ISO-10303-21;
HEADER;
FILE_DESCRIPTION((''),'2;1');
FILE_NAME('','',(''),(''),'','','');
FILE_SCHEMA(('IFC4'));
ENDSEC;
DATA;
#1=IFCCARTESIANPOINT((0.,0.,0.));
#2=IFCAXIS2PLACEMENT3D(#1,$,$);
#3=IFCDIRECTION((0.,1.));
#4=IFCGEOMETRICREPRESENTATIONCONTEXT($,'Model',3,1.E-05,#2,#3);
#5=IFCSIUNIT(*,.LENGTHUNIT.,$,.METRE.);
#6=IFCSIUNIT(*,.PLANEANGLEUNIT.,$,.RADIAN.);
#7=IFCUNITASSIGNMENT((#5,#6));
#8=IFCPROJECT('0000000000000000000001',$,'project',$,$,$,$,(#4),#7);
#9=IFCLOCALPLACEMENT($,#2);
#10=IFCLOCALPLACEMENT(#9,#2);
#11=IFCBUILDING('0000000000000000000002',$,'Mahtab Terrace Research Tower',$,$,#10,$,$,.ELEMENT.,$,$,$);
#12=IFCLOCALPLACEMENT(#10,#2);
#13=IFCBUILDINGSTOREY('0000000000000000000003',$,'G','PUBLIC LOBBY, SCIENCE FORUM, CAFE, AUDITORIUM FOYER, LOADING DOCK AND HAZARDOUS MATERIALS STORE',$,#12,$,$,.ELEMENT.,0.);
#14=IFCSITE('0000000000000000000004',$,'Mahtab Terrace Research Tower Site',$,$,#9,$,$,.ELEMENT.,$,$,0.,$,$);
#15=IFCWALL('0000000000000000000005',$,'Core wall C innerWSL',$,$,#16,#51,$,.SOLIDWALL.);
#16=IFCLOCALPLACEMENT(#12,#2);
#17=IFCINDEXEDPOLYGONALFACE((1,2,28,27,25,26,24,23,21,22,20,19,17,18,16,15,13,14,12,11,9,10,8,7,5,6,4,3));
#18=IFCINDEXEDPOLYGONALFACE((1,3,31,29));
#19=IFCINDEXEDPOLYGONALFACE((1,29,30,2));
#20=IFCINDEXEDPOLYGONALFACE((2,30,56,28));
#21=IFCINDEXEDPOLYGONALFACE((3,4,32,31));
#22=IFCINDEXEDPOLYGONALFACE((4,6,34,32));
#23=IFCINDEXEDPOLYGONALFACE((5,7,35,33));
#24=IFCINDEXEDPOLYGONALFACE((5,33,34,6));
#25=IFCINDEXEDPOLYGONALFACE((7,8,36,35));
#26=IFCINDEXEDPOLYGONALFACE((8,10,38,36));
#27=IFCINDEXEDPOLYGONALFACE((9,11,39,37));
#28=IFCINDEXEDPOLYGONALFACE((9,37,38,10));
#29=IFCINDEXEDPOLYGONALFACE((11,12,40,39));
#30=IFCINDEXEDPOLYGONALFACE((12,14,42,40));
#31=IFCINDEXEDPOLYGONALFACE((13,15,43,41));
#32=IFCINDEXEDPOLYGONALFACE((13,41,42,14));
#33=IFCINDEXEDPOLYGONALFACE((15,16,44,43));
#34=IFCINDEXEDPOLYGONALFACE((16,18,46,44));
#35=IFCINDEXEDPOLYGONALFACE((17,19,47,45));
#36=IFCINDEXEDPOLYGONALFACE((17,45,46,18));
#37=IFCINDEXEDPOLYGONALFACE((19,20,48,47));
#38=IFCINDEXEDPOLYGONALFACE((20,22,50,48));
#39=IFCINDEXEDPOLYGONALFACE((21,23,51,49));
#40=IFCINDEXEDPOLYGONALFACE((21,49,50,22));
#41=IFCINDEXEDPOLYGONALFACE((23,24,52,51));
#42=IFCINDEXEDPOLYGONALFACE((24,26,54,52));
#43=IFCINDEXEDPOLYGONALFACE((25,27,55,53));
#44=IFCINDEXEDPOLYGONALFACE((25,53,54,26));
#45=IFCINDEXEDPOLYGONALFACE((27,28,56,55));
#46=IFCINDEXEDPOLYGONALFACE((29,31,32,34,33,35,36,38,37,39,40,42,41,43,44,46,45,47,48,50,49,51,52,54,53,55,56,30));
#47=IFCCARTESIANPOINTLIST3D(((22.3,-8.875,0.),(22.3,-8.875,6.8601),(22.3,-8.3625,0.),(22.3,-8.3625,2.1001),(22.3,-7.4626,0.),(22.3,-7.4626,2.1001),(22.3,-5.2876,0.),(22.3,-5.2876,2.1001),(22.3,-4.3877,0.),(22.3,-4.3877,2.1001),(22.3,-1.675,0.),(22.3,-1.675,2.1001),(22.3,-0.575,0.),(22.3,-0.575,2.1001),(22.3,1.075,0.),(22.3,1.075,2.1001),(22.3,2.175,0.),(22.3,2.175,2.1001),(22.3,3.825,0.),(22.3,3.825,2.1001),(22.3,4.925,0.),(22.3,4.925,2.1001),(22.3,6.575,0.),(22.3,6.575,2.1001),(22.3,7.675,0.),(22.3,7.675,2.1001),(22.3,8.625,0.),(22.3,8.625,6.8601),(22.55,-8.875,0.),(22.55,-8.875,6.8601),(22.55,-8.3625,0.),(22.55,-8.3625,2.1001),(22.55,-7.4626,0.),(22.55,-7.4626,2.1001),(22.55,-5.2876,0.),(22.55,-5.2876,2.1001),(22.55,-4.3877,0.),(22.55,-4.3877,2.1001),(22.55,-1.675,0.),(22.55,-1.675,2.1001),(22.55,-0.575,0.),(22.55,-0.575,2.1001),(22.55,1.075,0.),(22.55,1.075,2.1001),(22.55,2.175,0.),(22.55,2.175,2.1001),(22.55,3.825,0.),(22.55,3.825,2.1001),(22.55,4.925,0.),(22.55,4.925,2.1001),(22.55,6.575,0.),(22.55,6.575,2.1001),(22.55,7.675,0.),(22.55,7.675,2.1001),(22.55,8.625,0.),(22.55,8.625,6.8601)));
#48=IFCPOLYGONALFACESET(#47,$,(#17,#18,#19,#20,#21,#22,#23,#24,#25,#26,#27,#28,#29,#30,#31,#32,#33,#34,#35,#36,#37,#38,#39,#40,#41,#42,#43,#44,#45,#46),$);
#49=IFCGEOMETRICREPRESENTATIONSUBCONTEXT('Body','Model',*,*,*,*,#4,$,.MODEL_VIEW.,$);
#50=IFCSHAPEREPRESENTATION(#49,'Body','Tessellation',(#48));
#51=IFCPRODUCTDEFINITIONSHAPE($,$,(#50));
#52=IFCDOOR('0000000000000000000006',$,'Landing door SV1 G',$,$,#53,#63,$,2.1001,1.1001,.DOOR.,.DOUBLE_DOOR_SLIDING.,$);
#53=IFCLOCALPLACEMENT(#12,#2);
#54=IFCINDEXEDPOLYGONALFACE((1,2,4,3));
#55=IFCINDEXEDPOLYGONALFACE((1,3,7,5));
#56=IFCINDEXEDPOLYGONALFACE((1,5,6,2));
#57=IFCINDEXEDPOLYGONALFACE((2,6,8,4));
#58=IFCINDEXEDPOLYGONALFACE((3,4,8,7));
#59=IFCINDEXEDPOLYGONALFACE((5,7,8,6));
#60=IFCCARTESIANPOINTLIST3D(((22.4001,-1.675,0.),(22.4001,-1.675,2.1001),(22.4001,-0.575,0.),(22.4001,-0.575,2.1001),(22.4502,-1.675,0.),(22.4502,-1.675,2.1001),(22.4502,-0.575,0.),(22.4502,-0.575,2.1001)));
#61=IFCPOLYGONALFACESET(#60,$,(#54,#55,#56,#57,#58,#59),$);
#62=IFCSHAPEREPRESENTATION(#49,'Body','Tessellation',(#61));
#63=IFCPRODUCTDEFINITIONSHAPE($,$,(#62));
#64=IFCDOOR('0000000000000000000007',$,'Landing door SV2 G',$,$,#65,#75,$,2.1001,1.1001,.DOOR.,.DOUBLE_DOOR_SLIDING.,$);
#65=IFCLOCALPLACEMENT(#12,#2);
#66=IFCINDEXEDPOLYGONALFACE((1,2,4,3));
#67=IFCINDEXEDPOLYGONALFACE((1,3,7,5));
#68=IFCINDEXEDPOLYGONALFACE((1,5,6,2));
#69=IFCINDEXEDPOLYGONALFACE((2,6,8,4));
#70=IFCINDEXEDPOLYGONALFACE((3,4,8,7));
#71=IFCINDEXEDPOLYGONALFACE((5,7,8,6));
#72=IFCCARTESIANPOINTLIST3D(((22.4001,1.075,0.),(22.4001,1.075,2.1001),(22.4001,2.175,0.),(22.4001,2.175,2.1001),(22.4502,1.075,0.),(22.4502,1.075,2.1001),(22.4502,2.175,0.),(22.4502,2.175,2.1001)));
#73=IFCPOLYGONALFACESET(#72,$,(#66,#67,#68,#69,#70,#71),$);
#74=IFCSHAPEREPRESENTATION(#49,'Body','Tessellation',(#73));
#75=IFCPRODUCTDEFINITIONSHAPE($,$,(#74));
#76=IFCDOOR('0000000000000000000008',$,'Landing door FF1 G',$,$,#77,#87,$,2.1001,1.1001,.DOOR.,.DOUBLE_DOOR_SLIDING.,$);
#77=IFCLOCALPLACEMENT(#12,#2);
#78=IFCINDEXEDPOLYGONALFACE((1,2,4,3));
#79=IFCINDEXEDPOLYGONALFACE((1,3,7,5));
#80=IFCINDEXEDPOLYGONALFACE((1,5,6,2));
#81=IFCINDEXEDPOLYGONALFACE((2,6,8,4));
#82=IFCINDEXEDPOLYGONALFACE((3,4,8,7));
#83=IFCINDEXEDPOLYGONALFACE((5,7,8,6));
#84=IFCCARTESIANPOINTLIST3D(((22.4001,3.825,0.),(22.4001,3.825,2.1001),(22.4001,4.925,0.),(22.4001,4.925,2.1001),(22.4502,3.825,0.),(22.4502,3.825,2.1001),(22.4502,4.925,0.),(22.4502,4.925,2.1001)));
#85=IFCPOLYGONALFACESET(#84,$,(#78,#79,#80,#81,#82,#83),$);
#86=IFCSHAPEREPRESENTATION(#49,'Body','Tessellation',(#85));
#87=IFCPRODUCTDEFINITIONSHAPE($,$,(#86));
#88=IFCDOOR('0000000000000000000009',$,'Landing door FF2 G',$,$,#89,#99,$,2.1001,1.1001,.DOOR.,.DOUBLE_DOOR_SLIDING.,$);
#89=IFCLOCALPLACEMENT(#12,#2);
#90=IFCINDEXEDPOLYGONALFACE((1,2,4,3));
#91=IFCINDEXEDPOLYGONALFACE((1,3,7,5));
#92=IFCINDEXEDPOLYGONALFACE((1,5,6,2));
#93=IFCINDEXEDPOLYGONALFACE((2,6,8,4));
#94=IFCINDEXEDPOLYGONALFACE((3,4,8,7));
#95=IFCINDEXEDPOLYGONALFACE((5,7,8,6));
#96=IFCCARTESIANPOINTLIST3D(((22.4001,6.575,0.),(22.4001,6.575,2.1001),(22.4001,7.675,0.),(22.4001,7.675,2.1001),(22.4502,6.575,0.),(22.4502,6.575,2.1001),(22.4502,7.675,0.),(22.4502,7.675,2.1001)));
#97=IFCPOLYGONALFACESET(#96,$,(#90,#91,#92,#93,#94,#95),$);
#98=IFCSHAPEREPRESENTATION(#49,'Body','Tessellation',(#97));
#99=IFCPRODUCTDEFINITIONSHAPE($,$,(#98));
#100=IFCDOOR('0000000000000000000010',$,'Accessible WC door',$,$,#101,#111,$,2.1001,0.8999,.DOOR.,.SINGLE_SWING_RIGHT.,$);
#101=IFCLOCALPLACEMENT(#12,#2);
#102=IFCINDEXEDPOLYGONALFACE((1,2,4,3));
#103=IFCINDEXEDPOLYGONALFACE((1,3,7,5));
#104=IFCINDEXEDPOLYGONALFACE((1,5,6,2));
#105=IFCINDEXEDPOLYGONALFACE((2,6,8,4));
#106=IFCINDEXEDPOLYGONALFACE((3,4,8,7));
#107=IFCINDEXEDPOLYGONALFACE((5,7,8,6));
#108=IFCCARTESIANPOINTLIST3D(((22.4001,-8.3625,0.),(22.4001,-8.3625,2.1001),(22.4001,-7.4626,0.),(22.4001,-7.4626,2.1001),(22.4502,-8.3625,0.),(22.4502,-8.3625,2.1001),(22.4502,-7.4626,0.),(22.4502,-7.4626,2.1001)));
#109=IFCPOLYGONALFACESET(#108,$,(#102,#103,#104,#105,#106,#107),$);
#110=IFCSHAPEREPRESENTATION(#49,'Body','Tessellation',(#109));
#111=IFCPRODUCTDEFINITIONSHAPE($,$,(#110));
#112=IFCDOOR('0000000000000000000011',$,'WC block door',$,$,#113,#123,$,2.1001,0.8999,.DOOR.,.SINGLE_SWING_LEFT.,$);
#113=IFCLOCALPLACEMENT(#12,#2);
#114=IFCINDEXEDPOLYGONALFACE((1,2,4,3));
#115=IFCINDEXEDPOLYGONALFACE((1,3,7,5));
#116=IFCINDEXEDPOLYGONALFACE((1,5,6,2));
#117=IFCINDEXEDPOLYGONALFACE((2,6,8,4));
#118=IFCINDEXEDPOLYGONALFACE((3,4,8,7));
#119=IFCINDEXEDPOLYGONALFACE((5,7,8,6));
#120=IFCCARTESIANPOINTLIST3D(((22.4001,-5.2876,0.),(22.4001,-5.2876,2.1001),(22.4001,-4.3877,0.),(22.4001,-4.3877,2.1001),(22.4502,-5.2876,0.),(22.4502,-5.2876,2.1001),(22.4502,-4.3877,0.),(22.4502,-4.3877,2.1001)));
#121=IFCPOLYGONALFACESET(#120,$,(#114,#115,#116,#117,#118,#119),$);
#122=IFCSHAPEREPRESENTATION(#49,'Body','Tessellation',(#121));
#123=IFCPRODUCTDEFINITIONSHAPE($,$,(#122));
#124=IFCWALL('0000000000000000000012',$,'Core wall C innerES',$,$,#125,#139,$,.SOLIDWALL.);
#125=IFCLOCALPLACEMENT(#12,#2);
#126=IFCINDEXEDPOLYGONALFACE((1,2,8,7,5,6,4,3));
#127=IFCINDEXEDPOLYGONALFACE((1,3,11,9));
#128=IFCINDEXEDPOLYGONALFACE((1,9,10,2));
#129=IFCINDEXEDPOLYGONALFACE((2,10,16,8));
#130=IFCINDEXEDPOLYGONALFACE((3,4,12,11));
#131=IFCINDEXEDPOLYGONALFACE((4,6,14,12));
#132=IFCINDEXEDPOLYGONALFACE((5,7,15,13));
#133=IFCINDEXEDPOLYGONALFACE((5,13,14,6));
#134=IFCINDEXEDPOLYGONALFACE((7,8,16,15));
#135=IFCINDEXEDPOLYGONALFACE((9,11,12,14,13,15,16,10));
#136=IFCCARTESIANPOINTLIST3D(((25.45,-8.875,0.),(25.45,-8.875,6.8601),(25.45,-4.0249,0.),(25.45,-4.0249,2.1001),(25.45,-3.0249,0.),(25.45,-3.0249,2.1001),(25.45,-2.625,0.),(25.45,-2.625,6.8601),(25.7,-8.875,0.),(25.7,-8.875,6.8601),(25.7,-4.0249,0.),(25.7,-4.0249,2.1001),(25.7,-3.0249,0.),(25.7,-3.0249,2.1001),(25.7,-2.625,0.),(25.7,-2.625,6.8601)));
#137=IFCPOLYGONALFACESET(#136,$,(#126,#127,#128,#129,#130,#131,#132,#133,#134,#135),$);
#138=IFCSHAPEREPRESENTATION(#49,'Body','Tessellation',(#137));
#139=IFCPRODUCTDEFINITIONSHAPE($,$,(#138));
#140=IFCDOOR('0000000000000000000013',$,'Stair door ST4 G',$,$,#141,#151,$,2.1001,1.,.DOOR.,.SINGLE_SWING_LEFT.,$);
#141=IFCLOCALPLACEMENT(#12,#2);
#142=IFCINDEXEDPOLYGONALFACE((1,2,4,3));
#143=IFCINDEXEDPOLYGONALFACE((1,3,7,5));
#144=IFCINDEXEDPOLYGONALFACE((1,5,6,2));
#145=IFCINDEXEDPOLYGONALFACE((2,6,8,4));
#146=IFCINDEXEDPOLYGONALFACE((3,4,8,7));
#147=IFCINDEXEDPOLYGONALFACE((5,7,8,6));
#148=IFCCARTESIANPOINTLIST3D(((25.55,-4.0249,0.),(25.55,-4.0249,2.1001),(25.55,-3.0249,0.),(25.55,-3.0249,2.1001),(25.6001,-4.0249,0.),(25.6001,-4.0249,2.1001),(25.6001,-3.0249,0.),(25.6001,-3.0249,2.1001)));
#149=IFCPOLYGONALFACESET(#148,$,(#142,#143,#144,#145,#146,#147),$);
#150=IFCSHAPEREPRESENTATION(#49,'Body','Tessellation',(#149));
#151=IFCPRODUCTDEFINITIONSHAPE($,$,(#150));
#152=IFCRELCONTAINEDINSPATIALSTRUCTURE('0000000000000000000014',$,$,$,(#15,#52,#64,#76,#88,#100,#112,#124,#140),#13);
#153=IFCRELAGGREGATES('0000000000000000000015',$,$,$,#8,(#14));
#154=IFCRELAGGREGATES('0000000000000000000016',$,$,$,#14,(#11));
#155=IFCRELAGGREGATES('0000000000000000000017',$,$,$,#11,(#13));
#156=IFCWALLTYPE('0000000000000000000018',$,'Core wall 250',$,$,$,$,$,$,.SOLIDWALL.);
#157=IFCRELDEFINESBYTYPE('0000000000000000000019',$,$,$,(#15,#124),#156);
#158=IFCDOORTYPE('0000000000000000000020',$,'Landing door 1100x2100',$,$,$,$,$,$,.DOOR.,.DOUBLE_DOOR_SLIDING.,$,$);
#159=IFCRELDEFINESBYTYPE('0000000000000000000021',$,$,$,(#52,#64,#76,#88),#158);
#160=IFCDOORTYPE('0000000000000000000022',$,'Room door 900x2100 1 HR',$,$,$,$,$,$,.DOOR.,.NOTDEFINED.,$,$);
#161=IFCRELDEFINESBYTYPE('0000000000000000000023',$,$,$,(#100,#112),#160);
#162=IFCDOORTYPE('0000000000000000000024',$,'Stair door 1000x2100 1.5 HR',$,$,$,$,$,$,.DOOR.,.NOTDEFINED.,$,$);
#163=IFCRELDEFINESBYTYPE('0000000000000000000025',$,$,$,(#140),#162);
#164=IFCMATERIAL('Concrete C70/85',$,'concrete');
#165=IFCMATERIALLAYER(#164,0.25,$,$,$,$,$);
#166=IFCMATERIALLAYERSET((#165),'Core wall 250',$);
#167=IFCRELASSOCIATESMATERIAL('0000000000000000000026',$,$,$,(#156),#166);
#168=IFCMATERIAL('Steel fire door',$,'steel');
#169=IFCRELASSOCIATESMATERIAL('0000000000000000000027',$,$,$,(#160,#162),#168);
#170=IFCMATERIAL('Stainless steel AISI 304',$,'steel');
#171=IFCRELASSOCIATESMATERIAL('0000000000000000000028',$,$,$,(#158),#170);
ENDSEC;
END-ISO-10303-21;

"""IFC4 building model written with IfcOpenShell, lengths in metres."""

from ifc_helpers import new_model, si_unit, direction, frame, frame_2d, origin, place, context, subcontext, project, spatial, rectangle, extrude, material, layer, layer_set, type_object, element, fill, save


model = new_model("IFC4")

# Units and contexts
model_context = context("Model", 3, precision=1e-05, world=origin(), true_north=direction((0.0, 1.0)))
body_context = subcontext(model_context, "Body", "Model", "MODEL_VIEW")
ifc_project = project(units=[si_unit("LENGTHUNIT", "METRE"), si_unit("PLANEANGLEUNIT", "RADIAN")], contexts=[model_context])

# Site, building, storey
site_placement = place(None, origin())
site = spatial("IfcSite", under=ifc_project, at=site_placement, Name="Mahtab Terrace Research Tower Site", CompositionType="ELEMENT", RefElevation=0.0)
building_placement = place(site_placement, origin())
building = spatial("IfcBuilding", under=site, at=building_placement, Name="Mahtab Terrace Research Tower", CompositionType="ELEMENT")
storey_placement = place(building_placement, origin())
storey = spatial("IfcBuildingStorey", under=building, at=storey_placement, Name="G", Description="PUBLIC LOBBY, SCIENCE FORUM, CAFE, AUDITORIUM FOYER, LOADING DOCK AND HAZARDOUS MATERIALS STORE", CompositionType="ELEMENT", Elevation=0.0)

# Shared definitions
ifc_material_1 = material(Name="Concrete C70/85", Category="concrete")

# Shared definitions
ifc_layer_1 = layer(ifc_material_1, 0.25)
ifc_layer_set_1 = layer_set([ifc_layer_1], Name="Core wall 250")
wall_type_1 = type_object("IfcWallType", Name="Core wall 250", PredefinedType="SOLIDWALL", material=ifc_layer_set_1)
ifc_material_2 = material(Name="Steel fire door", Category="steel")
door_type_1 = type_object("IfcDoorType", Name="Room door 900x2100 1 HR", OperationType="NOTDEFINED", PredefinedType="DOOR", material=ifc_material_2)

# Wall, openings, doors
wall_1_placement = place(storey_placement, frame((22.425, -8.875, 0.0), z_axis=(0.0, 0.0, 1.0), x_axis=(0.0, 1.0, 0.0)))
wall_1 = element("IfcWall", 1, at=wall_1_placement, inside=storey, type_object=wall_type_1, Name="Core wall C innerWSL", PredefinedType="SOLIDWALL", context=body_context, shape_type="SweptSolid", body=[
    extrude(rectangle(XDim=17.5, YDim=0.25, at=frame_2d((8.75, 0.0))), origin(), (0.0, 0.0, 1.0), 6.8601),
])
opening_1_placement = place(wall_1_placement, frame((7.2, 0.0, 0.0)))
opening_1 = element("IfcOpeningElement", 2, at=opening_1_placement, cuts=wall_1, PredefinedType="OPENING", context=body_context, shape_type="SweptSolid", body=[
    extrude(rectangle(XDim=1.1001, YDim=2.1001, at=frame_2d((0.55, 1.05))), frame((0.0, 0.135, 0.0), z_axis=(0.0, -1.0, 0.0), x_axis=(1.0, 0.0, 0.0)), (0.0, 0.0, 1.0), 0.27),
])
opening_2_placement = place(wall_1_placement, frame((9.95, 0.0, 0.0)))
opening_2 = element("IfcOpeningElement", 3, at=opening_2_placement, cuts=wall_1, PredefinedType="OPENING", context=body_context, shape_type="SweptSolid", body=[
    extrude(rectangle(XDim=1.1001, YDim=2.1001, at=frame_2d((0.55, 1.05))), frame((0.0, 0.135, 0.0), z_axis=(0.0, -1.0, 0.0), x_axis=(1.0, 0.0, 0.0)), (0.0, 0.0, 1.0), 0.27),
])
opening_3_placement = place(wall_1_placement, frame((12.7, 0.0, 0.0)))
opening_3 = element("IfcOpeningElement", 4, at=opening_3_placement, cuts=wall_1, PredefinedType="OPENING", context=body_context, shape_type="SweptSolid", body=[
    extrude(rectangle(XDim=1.1001, YDim=2.1001, at=frame_2d((0.55, 1.05))), frame((0.0, 0.135, 0.0), z_axis=(0.0, -1.0, 0.0), x_axis=(1.0, 0.0, 0.0)), (0.0, 0.0, 1.0), 0.27),
])
opening_4_placement = place(wall_1_placement, frame((15.45, 0.0, 0.0)))
opening_4 = element("IfcOpeningElement", 5, at=opening_4_placement, cuts=wall_1, PredefinedType="OPENING", context=body_context, shape_type="SweptSolid", body=[
    extrude(rectangle(XDim=1.1001, YDim=2.1001, at=frame_2d((0.55, 1.05))), frame((0.0, 0.135, 0.0), z_axis=(0.0, -1.0, 0.0), x_axis=(1.0, 0.0, 0.0)), (0.0, 0.0, 1.0), 0.27),
])
opening_5_placement = place(wall_1_placement, frame((0.5125, 0.0, 0.0)))
opening_5 = element("IfcOpeningElement", 6, at=opening_5_placement, cuts=wall_1, PredefinedType="OPENING", context=body_context, shape_type="SweptSolid", body=[
    extrude(rectangle(XDim=0.8999, YDim=2.1001, at=frame_2d((0.45, 1.05))), frame((0.0, 0.135, 0.0), z_axis=(0.0, -1.0, 0.0), x_axis=(1.0, 0.0, 0.0)), (0.0, 0.0, 1.0), 0.27),
])
opening_6_placement = place(wall_1_placement, frame((3.5874, 0.0, 0.0)))
opening_6 = element("IfcOpeningElement", 7, at=opening_6_placement, cuts=wall_1, PredefinedType="OPENING", context=body_context, shape_type="SweptSolid", body=[
    extrude(rectangle(XDim=0.8999, YDim=2.1001, at=frame_2d((0.45, 1.05))), frame((0.0, 0.135, 0.0), z_axis=(0.0, -1.0, 0.0), x_axis=(1.0, 0.0, 0.0)), (0.0, 0.0, 1.0), 0.27),
])
ifc_material_3 = material(Name="Stainless steel AISI 304", Category="steel")
door_type_2 = type_object("IfcDoorType", Name="Landing door 1100x2100", OperationType="DOUBLE_DOOR_SLIDING", PredefinedType="DOOR", material=ifc_material_3)
door_1_placement = place(opening_1_placement, origin())
door_1 = element("IfcDoor", 8, at=door_1_placement, inside=storey, type_object=door_type_2, Name="Landing door SV1 G", OperationType="DOUBLE_DOOR_SLIDING", OverallHeight=2.1001, OverallWidth=1.1001, PredefinedType="DOOR", context=body_context, shape_type="SweptSolid", body=[
    extrude(rectangle(XDim=1.1001, YDim=2.1001, at=frame_2d((0.55, 1.05))), frame((0.0, 0.0249, 0.0), z_axis=(0.0, -1.0, 0.0), x_axis=(1.0, 0.0, 0.0)), (0.0, 0.0, 1.0), 0.05),
])
fill(opening_1, door_1)
door_2_placement = place(opening_2_placement, origin())
door_2 = element("IfcDoor", 9, at=door_2_placement, inside=storey, type_object=door_type_2, Name="Landing door SV2 G", OperationType="DOUBLE_DOOR_SLIDING", OverallHeight=2.1001, OverallWidth=1.1001, PredefinedType="DOOR", context=body_context, shape_type="SweptSolid", body=[
    extrude(rectangle(XDim=1.1001, YDim=2.1001, at=frame_2d((0.55, 1.05))), frame((0.0, 0.0249, 0.0), z_axis=(0.0, -1.0, 0.0), x_axis=(1.0, 0.0, 0.0)), (0.0, 0.0, 1.0), 0.05),
])
fill(opening_2, door_2)
door_3_placement = place(opening_3_placement, origin())
door_3 = element("IfcDoor", 10, at=door_3_placement, inside=storey, type_object=door_type_2, Name="Landing door FF1 G", OperationType="DOUBLE_DOOR_SLIDING", OverallHeight=2.1001, OverallWidth=1.1001, PredefinedType="DOOR", context=body_context, shape_type="SweptSolid", body=[
    extrude(rectangle(XDim=1.1001, YDim=2.1001, at=frame_2d((0.55, 1.05))), frame((0.0, 0.0249, 0.0), z_axis=(0.0, -1.0, 0.0), x_axis=(1.0, 0.0, 0.0)), (0.0, 0.0, 1.0), 0.05),
])
fill(opening_3, door_3)
door_4_placement = place(opening_4_placement, origin())
door_4 = element("IfcDoor", 11, at=door_4_placement, inside=storey, type_object=door_type_2, Name="Landing door FF2 G", OperationType="DOUBLE_DOOR_SLIDING", OverallHeight=2.1001, OverallWidth=1.1001, PredefinedType="DOOR", context=body_context, shape_type="SweptSolid", body=[
    extrude(rectangle(XDim=1.1001, YDim=2.1001, at=frame_2d((0.55, 1.05))), frame((0.0, 0.0249, 0.0), z_axis=(0.0, -1.0, 0.0), x_axis=(1.0, 0.0, 0.0)), (0.0, 0.0, 1.0), 0.05),
])
fill(opening_4, door_4)
door_5_placement = place(opening_5_placement, origin())
door_5 = element("IfcDoor", 12, at=door_5_placement, inside=storey, type_object=door_type_1, Name="Accessible WC door", OperationType="SINGLE_SWING_RIGHT", OverallHeight=2.1001, OverallWidth=0.8999, PredefinedType="DOOR", context=body_context, shape_type="SweptSolid", body=[
    extrude(rectangle(XDim=0.8999, YDim=2.1001, at=frame_2d((0.45, 1.05))), frame((0.0, 0.0249, 0.0), z_axis=(0.0, -1.0, 0.0), x_axis=(1.0, 0.0, 0.0)), (0.0, 0.0, 1.0), 0.05),
])
fill(opening_5, door_5)
door_6_placement = place(opening_6_placement, origin())
door_6 = element("IfcDoor", 13, at=door_6_placement, inside=storey, type_object=door_type_1, Name="WC block door", OperationType="SINGLE_SWING_LEFT", OverallHeight=2.1001, OverallWidth=0.8999, PredefinedType="DOOR", context=body_context, shape_type="SweptSolid", body=[
    extrude(rectangle(XDim=0.8999, YDim=2.1001, at=frame_2d((0.45, 1.05))), frame((0.0, 0.0249, 0.0), z_axis=(0.0, -1.0, 0.0), x_axis=(1.0, 0.0, 0.0)), (0.0, 0.0, 1.0), 0.05),
])
fill(opening_6, door_6)

# Wall, opening, door
wall_2_placement = place(storey_placement, frame((25.575, -8.875, 0.0), z_axis=(0.0, 0.0, 1.0), x_axis=(0.0, 1.0, 0.0)))
wall_2 = element("IfcWall", 14, at=wall_2_placement, inside=storey, type_object=wall_type_1, Name="Core wall C innerES", PredefinedType="SOLIDWALL", context=body_context, shape_type="SweptSolid", body=[
    extrude(rectangle(XDim=6.25, YDim=0.25, at=frame_2d((3.125, 0.0))), origin(), (0.0, 0.0, 1.0), 6.8601),
])
opening_7_placement = place(wall_2_placement, frame((4.8501, 0.0, 0.0)))
opening_7 = element("IfcOpeningElement", 15, at=opening_7_placement, cuts=wall_2, PredefinedType="OPENING", context=body_context, shape_type="SweptSolid", body=[
    extrude(rectangle(XDim=1.0, YDim=2.1001, at=frame_2d((0.5, 1.05))), frame((0.0, 0.135, 0.0), z_axis=(0.0, -1.0, 0.0), x_axis=(1.0, 0.0, 0.0)), (0.0, 0.0, 1.0), 0.27),
])
door_type_3 = type_object("IfcDoorType", Name="Stair door 1000x2100 1.5 HR", OperationType="NOTDEFINED", PredefinedType="DOOR", material=ifc_material_2)
door_7_placement = place(opening_7_placement, origin())
door_7 = element("IfcDoor", 16, at=door_7_placement, inside=storey, type_object=door_type_3, Name="Stair door ST4 G", OperationType="SINGLE_SWING_LEFT", OverallHeight=2.1001, OverallWidth=1.0, PredefinedType="DOOR", context=body_context, shape_type="SweptSolid", body=[
    extrude(rectangle(XDim=1.0, YDim=2.1001, at=frame_2d((0.5, 1.05))), frame((0.0, 0.0249, 0.0), z_axis=(0.0, -1.0, 0.0), x_axis=(1.0, 0.0, 0.0)), (0.0, 0.0, 1.0), 0.05),
])
fill(opening_7, door_7)

save(model, "model.ifc")
